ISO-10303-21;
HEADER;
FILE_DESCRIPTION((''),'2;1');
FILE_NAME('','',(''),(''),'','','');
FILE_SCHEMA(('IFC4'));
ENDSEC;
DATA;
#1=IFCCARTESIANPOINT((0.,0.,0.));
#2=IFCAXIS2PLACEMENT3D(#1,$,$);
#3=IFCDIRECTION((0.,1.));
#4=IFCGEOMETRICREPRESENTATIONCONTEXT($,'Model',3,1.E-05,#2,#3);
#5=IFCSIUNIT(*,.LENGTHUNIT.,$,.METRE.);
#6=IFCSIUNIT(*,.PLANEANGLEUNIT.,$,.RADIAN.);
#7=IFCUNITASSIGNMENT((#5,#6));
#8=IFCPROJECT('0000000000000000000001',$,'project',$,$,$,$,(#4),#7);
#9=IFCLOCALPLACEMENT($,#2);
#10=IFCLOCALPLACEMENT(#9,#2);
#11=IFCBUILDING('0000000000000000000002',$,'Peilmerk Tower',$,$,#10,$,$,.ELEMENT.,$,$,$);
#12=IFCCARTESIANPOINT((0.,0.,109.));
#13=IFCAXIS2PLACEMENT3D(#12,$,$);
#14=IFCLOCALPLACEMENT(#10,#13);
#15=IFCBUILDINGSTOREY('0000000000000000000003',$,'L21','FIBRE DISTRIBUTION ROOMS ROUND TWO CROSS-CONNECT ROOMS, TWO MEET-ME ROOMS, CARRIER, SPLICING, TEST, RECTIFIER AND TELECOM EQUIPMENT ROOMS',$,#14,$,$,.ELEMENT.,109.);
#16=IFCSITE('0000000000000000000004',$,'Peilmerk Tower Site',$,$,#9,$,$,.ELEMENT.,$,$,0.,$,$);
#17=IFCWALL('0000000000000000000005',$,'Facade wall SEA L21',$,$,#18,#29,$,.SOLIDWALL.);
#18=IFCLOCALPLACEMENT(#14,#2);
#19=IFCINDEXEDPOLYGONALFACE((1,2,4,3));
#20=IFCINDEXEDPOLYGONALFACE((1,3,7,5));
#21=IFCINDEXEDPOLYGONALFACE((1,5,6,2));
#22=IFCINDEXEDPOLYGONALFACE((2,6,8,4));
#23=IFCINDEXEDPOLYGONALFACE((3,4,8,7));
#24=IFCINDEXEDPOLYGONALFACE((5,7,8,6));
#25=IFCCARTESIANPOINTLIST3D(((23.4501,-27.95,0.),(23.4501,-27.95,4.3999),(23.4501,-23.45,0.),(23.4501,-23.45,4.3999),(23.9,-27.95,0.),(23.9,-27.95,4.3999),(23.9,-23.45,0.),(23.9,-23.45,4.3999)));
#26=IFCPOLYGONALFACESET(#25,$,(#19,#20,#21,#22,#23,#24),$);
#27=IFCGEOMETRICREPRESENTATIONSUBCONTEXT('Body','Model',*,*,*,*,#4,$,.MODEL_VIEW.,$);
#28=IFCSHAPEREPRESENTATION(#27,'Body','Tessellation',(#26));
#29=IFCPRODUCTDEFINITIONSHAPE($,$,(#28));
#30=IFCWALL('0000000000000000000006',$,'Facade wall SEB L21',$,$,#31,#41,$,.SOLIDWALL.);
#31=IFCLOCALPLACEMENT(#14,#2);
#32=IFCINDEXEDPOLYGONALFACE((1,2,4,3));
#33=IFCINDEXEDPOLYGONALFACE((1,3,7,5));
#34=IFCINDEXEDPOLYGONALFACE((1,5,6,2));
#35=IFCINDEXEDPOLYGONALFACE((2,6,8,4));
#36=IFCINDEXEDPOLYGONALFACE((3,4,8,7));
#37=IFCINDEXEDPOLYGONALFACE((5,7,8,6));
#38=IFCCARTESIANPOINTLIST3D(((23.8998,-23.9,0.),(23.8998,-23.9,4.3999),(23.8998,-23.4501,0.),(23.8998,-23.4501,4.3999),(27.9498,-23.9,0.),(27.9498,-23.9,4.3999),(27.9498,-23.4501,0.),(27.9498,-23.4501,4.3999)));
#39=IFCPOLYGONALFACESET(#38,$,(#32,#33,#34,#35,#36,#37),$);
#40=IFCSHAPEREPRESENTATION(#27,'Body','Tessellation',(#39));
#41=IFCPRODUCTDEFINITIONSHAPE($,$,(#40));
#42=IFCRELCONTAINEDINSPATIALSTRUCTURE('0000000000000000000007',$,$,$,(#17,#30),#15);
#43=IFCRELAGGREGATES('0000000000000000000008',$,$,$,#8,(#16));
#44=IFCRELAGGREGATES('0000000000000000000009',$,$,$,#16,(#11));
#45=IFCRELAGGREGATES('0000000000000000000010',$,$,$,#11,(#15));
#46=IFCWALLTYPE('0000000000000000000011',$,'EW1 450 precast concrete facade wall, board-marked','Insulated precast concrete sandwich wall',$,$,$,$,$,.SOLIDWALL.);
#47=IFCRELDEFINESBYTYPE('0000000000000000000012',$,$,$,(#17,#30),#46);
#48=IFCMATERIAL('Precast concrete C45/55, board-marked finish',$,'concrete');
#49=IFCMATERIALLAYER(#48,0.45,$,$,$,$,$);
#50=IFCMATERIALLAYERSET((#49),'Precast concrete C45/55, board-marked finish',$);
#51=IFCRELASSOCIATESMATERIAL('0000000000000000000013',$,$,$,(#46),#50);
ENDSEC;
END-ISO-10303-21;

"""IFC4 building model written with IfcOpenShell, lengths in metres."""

from ifc_helpers import new_model, si_unit, direction, frame, frame_2d, origin, place, context, subcontext, project, spatial, rectangle, extrude, material, layer, layer_set, type_object, element, save


model = new_model("IFC4")

# Units and contexts
model_context = context("Model", 3, precision=1e-05, world=origin(), true_north=direction((0.0, 1.0)))
body_context = subcontext(model_context, "Body", "Model", "MODEL_VIEW")
ifc_project = project(units=[si_unit("LENGTHUNIT", "METRE"), si_unit("PLANEANGLEUNIT", "RADIAN")], contexts=[model_context])

# Site, building, storey
site_placement = place(None, origin())
site = spatial("IfcSite", under=ifc_project, at=site_placement, Name="Peilmerk Tower Site", CompositionType="ELEMENT", RefElevation=0.0)
building_placement = place(site_placement, origin())
building = spatial("IfcBuilding", under=site, at=building_placement, Name="Peilmerk Tower", CompositionType="ELEMENT")
storey_placement = place(building_placement, frame((0.0, 0.0, 109.0)))
storey = spatial("IfcBuildingStorey", under=building, at=storey_placement, Name="L21", Description="FIBRE DISTRIBUTION ROOMS ROUND TWO CROSS-CONNECT ROOMS, TWO MEET-ME ROOMS, CARRIER, SPLICING, TEST, RECTIFIER AND TELECOM EQUIPMENT ROOMS", CompositionType="ELEMENT", Elevation=109.0)

# Shared definitions
ifc_material_1 = material(Name="Precast concrete C45/55, board-marked finish", Category="concrete")
ifc_layer = layer(ifc_material_1, 0.45)
ifc_layer_set = layer_set([ifc_layer], Name="Precast concrete C45/55, board-marked finish")
wall_type = type_object("IfcWallType", Name="EW1 450 precast concrete facade wall, board-marked", Description="Insulated precast concrete sandwich wall", PredefinedType="SOLIDWALL", material=ifc_layer_set)

# Walls
wall_1_placement = place(storey_placement, frame((23.675, -23.45, 0.0), z_axis=(0.0, 0.0, 1.0), x_axis=(0.0, -1.0, 0.0)))
element("IfcWall", 1, at=wall_1_placement, inside=storey, type_object=wall_type, Name="Facade wall SEA L21", PredefinedType="SOLIDWALL", context=body_context, shape_type="SweptSolid", body=[
    extrude(rectangle(XDim=4.5, YDim=0.45, at=frame_2d((2.25, 0.0))), origin(), (0.0, 0.0, 1.0), 4.3999),
])
wall_2_placement = place(storey_placement, frame((23.8999, -23.675, 0.0), z_axis=(0.0, 0.0, 1.0), x_axis=(1.0, 0.0, 0.0)))
element("IfcWall", 2, at=wall_2_placement, inside=storey, type_object=wall_type, Name="Facade wall SEB L21", PredefinedType="SOLIDWALL", context=body_context, shape_type="SweptSolid", body=[
    extrude(rectangle(XDim=4.05, YDim=0.45, at=frame_2d((2.0249, 0.0))), origin(), (0.0, 0.0, 1.0), 4.3999),
])

save(model, "model.ifc")
